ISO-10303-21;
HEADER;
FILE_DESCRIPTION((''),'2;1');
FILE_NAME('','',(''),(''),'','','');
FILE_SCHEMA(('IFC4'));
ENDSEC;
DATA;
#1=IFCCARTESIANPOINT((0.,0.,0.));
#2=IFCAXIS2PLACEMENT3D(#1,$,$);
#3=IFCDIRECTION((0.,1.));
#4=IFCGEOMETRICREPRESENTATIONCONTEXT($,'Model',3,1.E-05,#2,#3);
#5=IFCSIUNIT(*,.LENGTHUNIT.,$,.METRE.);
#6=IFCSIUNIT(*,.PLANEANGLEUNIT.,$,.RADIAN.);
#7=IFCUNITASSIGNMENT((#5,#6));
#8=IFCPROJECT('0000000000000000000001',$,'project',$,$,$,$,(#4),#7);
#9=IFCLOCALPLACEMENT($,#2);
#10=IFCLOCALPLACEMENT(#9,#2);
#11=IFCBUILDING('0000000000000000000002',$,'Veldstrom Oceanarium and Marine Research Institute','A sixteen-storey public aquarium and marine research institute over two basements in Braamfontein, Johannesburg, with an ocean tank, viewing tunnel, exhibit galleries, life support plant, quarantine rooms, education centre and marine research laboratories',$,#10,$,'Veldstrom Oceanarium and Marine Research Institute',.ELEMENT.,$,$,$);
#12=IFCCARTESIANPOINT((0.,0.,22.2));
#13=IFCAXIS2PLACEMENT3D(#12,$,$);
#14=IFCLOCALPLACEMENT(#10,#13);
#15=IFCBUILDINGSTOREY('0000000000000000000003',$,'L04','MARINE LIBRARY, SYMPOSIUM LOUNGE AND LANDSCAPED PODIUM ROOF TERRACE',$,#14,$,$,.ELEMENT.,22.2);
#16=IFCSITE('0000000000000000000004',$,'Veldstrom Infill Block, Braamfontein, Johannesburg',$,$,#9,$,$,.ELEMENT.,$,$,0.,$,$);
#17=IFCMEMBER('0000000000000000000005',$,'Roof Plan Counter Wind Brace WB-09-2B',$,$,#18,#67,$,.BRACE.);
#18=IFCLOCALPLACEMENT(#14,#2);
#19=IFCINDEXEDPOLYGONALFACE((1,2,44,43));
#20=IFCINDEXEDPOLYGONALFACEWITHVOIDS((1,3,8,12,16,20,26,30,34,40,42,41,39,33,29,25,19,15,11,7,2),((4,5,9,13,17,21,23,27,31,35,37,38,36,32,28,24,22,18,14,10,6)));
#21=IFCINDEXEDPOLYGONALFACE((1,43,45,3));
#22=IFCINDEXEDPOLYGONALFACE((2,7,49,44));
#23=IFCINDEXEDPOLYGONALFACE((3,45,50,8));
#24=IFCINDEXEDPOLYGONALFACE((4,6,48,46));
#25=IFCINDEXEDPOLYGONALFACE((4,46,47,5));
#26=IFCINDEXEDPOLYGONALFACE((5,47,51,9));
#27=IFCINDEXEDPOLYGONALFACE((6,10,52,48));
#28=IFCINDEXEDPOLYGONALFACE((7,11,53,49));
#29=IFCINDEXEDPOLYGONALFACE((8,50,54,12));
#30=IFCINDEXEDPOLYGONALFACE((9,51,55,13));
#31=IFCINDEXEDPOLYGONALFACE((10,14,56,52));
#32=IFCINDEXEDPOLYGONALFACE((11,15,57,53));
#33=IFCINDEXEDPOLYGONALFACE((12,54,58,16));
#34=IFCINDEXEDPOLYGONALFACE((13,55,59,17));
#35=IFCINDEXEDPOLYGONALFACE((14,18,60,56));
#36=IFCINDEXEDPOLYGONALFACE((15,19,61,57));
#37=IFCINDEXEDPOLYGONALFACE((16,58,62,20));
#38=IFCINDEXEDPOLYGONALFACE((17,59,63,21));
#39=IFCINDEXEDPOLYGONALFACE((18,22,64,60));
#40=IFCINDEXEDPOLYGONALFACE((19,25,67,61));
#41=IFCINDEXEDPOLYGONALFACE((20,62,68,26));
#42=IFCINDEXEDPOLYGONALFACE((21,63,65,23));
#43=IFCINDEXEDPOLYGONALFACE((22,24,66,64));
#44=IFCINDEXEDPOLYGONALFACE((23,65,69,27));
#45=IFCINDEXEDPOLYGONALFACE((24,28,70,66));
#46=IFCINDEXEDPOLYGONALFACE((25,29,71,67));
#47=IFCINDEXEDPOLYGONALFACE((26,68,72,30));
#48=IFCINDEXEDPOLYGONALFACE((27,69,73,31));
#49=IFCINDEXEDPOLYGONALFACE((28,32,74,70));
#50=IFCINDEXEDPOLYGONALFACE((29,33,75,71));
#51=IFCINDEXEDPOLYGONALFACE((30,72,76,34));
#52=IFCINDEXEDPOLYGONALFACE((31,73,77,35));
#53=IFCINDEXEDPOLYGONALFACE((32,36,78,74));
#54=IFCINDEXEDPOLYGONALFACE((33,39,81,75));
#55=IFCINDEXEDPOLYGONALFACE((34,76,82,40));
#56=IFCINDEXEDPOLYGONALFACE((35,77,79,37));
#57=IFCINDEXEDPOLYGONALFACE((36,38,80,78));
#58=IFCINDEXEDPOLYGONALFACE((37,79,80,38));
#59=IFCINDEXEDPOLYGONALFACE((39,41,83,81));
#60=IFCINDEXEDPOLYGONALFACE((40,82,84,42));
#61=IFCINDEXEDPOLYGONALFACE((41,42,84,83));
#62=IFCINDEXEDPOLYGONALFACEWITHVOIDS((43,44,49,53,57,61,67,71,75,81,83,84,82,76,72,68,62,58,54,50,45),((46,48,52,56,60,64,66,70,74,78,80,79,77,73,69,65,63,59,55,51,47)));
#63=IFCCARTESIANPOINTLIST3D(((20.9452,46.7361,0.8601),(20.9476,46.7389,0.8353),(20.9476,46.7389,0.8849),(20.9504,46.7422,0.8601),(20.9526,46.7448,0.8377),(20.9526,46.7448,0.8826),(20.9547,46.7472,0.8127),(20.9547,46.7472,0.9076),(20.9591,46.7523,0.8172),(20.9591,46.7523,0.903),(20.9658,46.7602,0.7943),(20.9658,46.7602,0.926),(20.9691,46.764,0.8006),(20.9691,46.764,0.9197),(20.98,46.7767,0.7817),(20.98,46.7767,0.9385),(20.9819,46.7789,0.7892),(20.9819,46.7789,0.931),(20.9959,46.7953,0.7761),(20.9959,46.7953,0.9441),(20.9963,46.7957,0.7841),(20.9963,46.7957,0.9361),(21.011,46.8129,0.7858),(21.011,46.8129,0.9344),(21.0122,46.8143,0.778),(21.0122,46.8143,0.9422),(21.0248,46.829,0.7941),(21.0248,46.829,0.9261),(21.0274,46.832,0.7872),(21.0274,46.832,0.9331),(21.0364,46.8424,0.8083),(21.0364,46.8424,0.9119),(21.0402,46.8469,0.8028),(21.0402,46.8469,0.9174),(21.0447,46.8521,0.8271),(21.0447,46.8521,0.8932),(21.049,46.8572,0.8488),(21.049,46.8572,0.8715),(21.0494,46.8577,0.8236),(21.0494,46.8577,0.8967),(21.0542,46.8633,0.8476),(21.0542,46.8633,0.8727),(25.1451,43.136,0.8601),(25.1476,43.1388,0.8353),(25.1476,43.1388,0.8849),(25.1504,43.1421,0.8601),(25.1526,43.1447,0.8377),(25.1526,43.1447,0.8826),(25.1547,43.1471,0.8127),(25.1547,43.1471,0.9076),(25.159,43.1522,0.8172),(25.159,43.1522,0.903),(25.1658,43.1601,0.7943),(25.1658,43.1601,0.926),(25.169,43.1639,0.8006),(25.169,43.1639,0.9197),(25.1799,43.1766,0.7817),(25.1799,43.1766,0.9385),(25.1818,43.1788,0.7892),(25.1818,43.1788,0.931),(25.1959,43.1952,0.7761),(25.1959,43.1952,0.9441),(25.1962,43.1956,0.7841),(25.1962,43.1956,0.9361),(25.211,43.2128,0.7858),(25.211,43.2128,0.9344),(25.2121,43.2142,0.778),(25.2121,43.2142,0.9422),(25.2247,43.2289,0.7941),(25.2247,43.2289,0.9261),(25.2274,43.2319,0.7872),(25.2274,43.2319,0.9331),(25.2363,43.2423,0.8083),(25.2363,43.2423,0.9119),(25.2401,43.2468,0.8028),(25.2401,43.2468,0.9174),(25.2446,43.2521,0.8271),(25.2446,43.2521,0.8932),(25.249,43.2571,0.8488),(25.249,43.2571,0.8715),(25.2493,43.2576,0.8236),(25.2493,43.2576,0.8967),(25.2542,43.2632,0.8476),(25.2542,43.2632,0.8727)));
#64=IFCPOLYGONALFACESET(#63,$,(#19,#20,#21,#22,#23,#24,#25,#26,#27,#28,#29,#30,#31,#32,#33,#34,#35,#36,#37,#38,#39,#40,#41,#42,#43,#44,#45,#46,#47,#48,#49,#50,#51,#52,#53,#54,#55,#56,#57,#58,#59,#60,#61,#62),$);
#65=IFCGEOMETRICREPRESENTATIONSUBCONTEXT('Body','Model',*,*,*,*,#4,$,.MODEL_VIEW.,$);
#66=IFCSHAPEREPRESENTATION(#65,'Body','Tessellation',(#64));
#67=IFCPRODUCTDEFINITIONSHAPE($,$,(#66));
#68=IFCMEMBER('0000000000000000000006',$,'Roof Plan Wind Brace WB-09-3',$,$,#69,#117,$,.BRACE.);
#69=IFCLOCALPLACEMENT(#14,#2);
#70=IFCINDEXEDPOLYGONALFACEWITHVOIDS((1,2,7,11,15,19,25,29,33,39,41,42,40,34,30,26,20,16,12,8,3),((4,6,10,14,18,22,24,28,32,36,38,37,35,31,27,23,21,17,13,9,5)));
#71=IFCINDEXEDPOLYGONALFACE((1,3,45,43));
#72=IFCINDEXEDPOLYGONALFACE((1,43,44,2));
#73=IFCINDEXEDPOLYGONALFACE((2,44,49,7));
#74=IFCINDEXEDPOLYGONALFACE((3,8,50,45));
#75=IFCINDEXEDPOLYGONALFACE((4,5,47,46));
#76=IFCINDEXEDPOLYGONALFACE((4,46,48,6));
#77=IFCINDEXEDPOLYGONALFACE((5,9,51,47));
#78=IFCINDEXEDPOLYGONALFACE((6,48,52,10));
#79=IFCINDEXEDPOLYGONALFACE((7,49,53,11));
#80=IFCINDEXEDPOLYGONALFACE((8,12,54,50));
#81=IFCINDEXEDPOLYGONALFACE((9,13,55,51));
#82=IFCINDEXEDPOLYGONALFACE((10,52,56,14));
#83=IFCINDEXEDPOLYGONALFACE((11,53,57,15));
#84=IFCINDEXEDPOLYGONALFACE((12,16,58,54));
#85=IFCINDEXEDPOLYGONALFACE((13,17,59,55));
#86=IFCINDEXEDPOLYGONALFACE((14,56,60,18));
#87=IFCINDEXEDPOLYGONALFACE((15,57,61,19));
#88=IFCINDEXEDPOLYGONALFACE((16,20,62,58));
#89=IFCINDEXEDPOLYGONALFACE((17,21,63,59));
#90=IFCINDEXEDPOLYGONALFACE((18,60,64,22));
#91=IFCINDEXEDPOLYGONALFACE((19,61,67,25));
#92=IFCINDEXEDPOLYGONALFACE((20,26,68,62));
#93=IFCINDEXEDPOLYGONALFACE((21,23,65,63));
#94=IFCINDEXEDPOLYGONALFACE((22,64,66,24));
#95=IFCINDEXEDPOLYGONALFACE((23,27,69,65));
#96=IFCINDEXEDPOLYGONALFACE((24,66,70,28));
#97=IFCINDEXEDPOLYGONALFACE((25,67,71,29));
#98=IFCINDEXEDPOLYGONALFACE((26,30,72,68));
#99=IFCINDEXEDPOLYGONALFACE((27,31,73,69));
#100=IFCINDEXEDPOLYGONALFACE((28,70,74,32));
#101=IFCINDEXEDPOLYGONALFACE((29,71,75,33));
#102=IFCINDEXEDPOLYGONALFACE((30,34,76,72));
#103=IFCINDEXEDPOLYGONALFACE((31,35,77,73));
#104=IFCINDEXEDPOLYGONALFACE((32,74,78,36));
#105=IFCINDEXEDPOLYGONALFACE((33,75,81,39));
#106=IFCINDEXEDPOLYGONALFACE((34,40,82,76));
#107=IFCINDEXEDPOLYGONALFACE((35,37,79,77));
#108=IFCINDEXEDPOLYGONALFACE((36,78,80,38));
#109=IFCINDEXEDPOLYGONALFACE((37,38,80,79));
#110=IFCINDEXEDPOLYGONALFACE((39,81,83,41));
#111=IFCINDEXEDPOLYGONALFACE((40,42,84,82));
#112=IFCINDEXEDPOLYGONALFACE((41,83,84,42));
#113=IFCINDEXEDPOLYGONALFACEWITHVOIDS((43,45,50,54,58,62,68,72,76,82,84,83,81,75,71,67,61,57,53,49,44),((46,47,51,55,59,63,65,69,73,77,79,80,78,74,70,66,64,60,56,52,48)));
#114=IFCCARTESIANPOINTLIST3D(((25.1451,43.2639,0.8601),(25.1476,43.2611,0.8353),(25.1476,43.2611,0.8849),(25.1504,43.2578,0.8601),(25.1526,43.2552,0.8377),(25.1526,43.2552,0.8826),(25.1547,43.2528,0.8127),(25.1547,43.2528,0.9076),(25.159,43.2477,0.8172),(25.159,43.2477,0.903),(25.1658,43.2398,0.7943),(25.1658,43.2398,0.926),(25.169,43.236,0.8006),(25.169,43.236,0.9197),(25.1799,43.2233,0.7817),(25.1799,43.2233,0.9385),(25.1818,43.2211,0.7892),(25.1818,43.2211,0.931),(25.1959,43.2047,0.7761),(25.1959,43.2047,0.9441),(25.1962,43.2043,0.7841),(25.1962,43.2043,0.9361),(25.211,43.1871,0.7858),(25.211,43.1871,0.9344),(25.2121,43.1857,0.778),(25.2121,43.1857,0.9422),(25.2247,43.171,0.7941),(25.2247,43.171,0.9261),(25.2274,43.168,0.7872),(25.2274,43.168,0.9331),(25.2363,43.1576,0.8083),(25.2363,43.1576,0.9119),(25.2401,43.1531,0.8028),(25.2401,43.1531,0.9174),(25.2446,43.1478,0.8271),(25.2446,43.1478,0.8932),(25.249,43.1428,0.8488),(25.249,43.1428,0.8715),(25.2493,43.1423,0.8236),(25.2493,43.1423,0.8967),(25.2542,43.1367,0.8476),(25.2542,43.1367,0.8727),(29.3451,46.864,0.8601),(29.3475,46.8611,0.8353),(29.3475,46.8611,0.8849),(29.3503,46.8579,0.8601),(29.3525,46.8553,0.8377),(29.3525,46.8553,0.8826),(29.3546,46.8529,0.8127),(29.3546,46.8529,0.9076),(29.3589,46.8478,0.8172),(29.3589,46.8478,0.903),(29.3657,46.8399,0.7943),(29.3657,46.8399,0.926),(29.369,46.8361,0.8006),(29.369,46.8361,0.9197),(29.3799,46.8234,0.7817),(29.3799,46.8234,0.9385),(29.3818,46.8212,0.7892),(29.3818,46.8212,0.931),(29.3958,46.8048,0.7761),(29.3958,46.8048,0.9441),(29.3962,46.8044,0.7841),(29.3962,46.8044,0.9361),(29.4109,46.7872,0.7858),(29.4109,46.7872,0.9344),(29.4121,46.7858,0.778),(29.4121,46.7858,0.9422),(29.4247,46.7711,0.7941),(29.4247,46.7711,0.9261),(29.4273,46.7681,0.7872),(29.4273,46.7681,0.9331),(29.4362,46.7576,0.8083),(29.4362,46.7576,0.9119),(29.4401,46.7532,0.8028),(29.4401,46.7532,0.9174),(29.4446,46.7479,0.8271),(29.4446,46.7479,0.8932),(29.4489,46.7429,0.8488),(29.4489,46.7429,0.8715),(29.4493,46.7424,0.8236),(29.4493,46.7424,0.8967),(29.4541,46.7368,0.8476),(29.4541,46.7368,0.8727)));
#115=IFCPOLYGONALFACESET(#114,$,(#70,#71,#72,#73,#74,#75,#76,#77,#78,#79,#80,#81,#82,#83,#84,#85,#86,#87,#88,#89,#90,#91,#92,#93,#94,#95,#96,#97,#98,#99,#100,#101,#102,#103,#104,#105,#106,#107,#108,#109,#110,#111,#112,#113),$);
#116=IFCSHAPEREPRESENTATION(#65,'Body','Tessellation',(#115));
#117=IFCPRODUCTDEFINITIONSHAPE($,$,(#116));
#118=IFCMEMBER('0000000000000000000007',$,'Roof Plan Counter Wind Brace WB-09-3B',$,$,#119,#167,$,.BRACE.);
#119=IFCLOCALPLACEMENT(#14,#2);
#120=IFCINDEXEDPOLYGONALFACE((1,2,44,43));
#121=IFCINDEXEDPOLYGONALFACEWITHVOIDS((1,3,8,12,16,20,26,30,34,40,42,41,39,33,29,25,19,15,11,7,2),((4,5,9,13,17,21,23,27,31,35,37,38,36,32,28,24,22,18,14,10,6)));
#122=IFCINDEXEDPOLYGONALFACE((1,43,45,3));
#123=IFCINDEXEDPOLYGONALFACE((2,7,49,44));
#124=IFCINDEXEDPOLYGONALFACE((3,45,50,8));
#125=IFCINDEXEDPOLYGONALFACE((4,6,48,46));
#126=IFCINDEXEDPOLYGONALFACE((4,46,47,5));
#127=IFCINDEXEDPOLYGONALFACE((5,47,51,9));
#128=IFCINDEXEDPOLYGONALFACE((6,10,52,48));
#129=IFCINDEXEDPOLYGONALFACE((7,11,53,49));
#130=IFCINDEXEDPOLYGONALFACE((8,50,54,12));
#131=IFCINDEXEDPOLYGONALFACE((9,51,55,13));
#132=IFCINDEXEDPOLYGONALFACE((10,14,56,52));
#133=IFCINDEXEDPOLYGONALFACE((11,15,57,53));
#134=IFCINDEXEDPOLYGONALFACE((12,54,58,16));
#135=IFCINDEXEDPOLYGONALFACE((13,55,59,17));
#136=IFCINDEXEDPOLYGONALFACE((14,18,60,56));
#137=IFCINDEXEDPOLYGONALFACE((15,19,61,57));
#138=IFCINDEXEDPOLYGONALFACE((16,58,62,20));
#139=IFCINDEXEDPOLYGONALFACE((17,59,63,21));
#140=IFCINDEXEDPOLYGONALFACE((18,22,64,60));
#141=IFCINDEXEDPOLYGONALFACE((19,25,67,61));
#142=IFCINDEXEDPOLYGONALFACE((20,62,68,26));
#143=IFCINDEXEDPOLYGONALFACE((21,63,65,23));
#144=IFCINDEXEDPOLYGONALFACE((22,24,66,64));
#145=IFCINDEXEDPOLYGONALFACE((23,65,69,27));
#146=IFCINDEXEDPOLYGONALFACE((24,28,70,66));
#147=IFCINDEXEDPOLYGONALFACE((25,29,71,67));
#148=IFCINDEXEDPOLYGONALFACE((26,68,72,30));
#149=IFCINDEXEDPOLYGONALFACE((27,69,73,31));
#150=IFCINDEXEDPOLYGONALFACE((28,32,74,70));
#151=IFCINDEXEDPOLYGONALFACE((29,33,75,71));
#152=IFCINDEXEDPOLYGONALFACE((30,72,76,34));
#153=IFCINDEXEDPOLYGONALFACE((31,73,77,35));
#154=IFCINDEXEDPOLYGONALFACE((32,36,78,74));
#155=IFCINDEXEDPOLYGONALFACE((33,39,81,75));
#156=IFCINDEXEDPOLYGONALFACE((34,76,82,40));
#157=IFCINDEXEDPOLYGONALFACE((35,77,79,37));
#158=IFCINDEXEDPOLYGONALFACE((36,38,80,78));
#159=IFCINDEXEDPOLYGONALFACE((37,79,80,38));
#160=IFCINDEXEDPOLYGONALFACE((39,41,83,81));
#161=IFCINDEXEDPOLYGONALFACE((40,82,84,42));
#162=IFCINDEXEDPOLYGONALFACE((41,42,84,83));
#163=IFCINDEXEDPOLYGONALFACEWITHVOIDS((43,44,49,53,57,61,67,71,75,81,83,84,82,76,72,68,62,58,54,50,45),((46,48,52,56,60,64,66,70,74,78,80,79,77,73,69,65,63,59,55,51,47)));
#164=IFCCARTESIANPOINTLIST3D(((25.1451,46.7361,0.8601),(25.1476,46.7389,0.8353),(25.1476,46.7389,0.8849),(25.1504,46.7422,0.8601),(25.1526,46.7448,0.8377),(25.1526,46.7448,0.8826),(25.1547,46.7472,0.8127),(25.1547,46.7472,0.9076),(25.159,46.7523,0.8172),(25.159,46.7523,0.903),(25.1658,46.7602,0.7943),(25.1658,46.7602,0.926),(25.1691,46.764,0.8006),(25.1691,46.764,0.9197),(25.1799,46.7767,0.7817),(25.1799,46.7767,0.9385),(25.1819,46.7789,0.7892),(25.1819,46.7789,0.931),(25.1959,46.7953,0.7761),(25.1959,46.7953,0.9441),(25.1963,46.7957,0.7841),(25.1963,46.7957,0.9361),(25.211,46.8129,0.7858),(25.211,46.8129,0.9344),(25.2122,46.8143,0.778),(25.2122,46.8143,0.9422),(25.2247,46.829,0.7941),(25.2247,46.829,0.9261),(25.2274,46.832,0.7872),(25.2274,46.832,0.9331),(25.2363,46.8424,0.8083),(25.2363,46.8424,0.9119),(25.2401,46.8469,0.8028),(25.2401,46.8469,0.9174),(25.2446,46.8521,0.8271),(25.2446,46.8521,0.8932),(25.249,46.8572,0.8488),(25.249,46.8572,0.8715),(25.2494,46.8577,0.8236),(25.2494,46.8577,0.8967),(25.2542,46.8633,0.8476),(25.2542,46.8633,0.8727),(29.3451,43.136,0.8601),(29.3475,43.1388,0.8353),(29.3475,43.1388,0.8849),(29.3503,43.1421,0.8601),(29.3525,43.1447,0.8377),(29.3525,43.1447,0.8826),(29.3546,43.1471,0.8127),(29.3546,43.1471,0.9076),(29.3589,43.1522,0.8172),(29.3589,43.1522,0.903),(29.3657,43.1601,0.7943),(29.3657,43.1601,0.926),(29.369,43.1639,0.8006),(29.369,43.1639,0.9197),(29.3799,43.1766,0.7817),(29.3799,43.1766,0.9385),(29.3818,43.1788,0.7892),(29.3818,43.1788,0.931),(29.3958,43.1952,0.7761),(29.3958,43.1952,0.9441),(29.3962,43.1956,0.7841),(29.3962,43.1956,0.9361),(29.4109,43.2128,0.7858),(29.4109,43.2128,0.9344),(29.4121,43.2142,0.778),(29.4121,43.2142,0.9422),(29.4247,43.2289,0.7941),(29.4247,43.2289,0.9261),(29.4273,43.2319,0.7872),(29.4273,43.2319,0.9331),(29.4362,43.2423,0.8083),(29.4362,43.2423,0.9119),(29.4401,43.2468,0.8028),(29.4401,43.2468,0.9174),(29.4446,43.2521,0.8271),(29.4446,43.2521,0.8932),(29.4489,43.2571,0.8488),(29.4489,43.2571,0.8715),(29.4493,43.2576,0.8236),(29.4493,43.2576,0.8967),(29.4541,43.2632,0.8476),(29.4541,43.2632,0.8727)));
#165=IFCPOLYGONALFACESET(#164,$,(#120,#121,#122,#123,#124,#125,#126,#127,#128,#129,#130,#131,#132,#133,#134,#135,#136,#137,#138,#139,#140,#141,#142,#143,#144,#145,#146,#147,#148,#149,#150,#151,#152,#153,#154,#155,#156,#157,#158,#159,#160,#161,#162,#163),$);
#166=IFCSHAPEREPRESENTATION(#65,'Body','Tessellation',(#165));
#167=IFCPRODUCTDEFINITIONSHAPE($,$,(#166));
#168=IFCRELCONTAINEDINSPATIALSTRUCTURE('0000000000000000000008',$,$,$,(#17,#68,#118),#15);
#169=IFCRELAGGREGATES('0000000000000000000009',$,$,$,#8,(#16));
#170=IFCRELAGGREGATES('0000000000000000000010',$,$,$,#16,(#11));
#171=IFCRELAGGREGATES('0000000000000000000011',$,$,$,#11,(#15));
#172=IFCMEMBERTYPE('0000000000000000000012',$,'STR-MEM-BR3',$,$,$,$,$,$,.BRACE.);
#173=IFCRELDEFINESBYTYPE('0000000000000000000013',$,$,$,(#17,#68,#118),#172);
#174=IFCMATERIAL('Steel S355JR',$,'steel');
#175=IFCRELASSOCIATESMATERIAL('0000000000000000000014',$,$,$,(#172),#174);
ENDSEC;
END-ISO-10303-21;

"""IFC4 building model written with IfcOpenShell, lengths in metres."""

from ifc_helpers import new_model, si_unit, direction, frame, origin, origin_2d, place, context, subcontext, project, spatial, hollow_circle, extrude, material, material_profile, profile_set, type_object, element, save


model = new_model("IFC4")

# Units and contexts
model_context = context("Model", 3, precision=1e-05, world=origin(), true_north=direction((0.0, 1.0)))
body_context = subcontext(model_context, "Body", "Model", "MODEL_VIEW")
ifc_project = project(units=[si_unit("LENGTHUNIT", "METRE"), si_unit("PLANEANGLEUNIT", "RADIAN")], contexts=[model_context])

# Site, building, storey
site_placement = place(None, origin())
site = spatial("IfcSite", under=ifc_project, at=site_placement, Name="Veldstrom Infill Block, Braamfontein, Johannesburg", CompositionType="ELEMENT", RefElevation=0.0)
building_placement = place(site_placement, origin())
building = spatial("IfcBuilding", under=site, at=building_placement, Name="Veldstrom Oceanarium and Marine Research Institute", Description="A sixteen-storey public aquarium and marine research institute over two basements in Braamfontein, Johannesburg, with an ocean tank, viewing tunnel, exhibit galleries, life support plant, quarantine rooms, education centre and marine research laboratories", LongName="Veldstrom Oceanarium and Marine Research Institute", CompositionType="ELEMENT")
storey_placement = place(building_placement, frame((0.0, 0.0, 22.2)))
storey = spatial("IfcBuildingStorey", under=building, at=storey_placement, Name="L04", Description="MARINE LIBRARY, SYMPOSIUM LOUNGE AND LANDSCAPED PODIUM ROOF TERRACE", CompositionType="ELEMENT", Elevation=22.2)

# Members
ifc_material_1 = material(Name="Steel S355JR", Category="steel")
ifc_material_profile_1 = material_profile(ifc_material_1, hollow_circle(Radius=0.0842, WallThickness=0.0081, at=origin_2d()), Name="CHS 168.3x8")
ifc_profile_set_1 = profile_set([ifc_material_profile_1], Name="Steel S355JR")
member_type_1 = type_object("IfcMemberType", Name="STR-MEM-BR3", PredefinedType="BRACE", material=ifc_profile_set_1)
for number, where, z_axis, x_axis, name in (
    (1, (25.2, 43.2, 0.8601), (-0.759244, 0.650806, 0.0), (-0.650806, -0.759244, 0.0), "Roof Plan Counter Wind Brace WB-09-2B"),
    (2, (25.2, 43.2, 0.8601), (0.759244, 0.650806, 0.0), (-0.650806, 0.759244, 0.0), "Roof Plan Wind Brace WB-09-3"),
    (3, (29.3999, 43.2, 0.8601), (-0.759244, 0.650806, 0.0), (-0.650806, -0.759244, 0.0), "Roof Plan Counter Wind Brace WB-09-3B"),
):
    element("IfcMember", number, at=place(storey_placement, frame(where, z_axis=z_axis, x_axis=x_axis)), inside=storey, type_object=member_type_1, Name=name, PredefinedType="BRACE", context=body_context, shape_type="SweptSolid", body=[
        extrude(hollow_circle(Radius=0.0842, WallThickness=0.0081, at=origin_2d()), origin(), (0.0, 0.0, 1.0), 5.5317),
    ])

save(model, "model.ifc")
